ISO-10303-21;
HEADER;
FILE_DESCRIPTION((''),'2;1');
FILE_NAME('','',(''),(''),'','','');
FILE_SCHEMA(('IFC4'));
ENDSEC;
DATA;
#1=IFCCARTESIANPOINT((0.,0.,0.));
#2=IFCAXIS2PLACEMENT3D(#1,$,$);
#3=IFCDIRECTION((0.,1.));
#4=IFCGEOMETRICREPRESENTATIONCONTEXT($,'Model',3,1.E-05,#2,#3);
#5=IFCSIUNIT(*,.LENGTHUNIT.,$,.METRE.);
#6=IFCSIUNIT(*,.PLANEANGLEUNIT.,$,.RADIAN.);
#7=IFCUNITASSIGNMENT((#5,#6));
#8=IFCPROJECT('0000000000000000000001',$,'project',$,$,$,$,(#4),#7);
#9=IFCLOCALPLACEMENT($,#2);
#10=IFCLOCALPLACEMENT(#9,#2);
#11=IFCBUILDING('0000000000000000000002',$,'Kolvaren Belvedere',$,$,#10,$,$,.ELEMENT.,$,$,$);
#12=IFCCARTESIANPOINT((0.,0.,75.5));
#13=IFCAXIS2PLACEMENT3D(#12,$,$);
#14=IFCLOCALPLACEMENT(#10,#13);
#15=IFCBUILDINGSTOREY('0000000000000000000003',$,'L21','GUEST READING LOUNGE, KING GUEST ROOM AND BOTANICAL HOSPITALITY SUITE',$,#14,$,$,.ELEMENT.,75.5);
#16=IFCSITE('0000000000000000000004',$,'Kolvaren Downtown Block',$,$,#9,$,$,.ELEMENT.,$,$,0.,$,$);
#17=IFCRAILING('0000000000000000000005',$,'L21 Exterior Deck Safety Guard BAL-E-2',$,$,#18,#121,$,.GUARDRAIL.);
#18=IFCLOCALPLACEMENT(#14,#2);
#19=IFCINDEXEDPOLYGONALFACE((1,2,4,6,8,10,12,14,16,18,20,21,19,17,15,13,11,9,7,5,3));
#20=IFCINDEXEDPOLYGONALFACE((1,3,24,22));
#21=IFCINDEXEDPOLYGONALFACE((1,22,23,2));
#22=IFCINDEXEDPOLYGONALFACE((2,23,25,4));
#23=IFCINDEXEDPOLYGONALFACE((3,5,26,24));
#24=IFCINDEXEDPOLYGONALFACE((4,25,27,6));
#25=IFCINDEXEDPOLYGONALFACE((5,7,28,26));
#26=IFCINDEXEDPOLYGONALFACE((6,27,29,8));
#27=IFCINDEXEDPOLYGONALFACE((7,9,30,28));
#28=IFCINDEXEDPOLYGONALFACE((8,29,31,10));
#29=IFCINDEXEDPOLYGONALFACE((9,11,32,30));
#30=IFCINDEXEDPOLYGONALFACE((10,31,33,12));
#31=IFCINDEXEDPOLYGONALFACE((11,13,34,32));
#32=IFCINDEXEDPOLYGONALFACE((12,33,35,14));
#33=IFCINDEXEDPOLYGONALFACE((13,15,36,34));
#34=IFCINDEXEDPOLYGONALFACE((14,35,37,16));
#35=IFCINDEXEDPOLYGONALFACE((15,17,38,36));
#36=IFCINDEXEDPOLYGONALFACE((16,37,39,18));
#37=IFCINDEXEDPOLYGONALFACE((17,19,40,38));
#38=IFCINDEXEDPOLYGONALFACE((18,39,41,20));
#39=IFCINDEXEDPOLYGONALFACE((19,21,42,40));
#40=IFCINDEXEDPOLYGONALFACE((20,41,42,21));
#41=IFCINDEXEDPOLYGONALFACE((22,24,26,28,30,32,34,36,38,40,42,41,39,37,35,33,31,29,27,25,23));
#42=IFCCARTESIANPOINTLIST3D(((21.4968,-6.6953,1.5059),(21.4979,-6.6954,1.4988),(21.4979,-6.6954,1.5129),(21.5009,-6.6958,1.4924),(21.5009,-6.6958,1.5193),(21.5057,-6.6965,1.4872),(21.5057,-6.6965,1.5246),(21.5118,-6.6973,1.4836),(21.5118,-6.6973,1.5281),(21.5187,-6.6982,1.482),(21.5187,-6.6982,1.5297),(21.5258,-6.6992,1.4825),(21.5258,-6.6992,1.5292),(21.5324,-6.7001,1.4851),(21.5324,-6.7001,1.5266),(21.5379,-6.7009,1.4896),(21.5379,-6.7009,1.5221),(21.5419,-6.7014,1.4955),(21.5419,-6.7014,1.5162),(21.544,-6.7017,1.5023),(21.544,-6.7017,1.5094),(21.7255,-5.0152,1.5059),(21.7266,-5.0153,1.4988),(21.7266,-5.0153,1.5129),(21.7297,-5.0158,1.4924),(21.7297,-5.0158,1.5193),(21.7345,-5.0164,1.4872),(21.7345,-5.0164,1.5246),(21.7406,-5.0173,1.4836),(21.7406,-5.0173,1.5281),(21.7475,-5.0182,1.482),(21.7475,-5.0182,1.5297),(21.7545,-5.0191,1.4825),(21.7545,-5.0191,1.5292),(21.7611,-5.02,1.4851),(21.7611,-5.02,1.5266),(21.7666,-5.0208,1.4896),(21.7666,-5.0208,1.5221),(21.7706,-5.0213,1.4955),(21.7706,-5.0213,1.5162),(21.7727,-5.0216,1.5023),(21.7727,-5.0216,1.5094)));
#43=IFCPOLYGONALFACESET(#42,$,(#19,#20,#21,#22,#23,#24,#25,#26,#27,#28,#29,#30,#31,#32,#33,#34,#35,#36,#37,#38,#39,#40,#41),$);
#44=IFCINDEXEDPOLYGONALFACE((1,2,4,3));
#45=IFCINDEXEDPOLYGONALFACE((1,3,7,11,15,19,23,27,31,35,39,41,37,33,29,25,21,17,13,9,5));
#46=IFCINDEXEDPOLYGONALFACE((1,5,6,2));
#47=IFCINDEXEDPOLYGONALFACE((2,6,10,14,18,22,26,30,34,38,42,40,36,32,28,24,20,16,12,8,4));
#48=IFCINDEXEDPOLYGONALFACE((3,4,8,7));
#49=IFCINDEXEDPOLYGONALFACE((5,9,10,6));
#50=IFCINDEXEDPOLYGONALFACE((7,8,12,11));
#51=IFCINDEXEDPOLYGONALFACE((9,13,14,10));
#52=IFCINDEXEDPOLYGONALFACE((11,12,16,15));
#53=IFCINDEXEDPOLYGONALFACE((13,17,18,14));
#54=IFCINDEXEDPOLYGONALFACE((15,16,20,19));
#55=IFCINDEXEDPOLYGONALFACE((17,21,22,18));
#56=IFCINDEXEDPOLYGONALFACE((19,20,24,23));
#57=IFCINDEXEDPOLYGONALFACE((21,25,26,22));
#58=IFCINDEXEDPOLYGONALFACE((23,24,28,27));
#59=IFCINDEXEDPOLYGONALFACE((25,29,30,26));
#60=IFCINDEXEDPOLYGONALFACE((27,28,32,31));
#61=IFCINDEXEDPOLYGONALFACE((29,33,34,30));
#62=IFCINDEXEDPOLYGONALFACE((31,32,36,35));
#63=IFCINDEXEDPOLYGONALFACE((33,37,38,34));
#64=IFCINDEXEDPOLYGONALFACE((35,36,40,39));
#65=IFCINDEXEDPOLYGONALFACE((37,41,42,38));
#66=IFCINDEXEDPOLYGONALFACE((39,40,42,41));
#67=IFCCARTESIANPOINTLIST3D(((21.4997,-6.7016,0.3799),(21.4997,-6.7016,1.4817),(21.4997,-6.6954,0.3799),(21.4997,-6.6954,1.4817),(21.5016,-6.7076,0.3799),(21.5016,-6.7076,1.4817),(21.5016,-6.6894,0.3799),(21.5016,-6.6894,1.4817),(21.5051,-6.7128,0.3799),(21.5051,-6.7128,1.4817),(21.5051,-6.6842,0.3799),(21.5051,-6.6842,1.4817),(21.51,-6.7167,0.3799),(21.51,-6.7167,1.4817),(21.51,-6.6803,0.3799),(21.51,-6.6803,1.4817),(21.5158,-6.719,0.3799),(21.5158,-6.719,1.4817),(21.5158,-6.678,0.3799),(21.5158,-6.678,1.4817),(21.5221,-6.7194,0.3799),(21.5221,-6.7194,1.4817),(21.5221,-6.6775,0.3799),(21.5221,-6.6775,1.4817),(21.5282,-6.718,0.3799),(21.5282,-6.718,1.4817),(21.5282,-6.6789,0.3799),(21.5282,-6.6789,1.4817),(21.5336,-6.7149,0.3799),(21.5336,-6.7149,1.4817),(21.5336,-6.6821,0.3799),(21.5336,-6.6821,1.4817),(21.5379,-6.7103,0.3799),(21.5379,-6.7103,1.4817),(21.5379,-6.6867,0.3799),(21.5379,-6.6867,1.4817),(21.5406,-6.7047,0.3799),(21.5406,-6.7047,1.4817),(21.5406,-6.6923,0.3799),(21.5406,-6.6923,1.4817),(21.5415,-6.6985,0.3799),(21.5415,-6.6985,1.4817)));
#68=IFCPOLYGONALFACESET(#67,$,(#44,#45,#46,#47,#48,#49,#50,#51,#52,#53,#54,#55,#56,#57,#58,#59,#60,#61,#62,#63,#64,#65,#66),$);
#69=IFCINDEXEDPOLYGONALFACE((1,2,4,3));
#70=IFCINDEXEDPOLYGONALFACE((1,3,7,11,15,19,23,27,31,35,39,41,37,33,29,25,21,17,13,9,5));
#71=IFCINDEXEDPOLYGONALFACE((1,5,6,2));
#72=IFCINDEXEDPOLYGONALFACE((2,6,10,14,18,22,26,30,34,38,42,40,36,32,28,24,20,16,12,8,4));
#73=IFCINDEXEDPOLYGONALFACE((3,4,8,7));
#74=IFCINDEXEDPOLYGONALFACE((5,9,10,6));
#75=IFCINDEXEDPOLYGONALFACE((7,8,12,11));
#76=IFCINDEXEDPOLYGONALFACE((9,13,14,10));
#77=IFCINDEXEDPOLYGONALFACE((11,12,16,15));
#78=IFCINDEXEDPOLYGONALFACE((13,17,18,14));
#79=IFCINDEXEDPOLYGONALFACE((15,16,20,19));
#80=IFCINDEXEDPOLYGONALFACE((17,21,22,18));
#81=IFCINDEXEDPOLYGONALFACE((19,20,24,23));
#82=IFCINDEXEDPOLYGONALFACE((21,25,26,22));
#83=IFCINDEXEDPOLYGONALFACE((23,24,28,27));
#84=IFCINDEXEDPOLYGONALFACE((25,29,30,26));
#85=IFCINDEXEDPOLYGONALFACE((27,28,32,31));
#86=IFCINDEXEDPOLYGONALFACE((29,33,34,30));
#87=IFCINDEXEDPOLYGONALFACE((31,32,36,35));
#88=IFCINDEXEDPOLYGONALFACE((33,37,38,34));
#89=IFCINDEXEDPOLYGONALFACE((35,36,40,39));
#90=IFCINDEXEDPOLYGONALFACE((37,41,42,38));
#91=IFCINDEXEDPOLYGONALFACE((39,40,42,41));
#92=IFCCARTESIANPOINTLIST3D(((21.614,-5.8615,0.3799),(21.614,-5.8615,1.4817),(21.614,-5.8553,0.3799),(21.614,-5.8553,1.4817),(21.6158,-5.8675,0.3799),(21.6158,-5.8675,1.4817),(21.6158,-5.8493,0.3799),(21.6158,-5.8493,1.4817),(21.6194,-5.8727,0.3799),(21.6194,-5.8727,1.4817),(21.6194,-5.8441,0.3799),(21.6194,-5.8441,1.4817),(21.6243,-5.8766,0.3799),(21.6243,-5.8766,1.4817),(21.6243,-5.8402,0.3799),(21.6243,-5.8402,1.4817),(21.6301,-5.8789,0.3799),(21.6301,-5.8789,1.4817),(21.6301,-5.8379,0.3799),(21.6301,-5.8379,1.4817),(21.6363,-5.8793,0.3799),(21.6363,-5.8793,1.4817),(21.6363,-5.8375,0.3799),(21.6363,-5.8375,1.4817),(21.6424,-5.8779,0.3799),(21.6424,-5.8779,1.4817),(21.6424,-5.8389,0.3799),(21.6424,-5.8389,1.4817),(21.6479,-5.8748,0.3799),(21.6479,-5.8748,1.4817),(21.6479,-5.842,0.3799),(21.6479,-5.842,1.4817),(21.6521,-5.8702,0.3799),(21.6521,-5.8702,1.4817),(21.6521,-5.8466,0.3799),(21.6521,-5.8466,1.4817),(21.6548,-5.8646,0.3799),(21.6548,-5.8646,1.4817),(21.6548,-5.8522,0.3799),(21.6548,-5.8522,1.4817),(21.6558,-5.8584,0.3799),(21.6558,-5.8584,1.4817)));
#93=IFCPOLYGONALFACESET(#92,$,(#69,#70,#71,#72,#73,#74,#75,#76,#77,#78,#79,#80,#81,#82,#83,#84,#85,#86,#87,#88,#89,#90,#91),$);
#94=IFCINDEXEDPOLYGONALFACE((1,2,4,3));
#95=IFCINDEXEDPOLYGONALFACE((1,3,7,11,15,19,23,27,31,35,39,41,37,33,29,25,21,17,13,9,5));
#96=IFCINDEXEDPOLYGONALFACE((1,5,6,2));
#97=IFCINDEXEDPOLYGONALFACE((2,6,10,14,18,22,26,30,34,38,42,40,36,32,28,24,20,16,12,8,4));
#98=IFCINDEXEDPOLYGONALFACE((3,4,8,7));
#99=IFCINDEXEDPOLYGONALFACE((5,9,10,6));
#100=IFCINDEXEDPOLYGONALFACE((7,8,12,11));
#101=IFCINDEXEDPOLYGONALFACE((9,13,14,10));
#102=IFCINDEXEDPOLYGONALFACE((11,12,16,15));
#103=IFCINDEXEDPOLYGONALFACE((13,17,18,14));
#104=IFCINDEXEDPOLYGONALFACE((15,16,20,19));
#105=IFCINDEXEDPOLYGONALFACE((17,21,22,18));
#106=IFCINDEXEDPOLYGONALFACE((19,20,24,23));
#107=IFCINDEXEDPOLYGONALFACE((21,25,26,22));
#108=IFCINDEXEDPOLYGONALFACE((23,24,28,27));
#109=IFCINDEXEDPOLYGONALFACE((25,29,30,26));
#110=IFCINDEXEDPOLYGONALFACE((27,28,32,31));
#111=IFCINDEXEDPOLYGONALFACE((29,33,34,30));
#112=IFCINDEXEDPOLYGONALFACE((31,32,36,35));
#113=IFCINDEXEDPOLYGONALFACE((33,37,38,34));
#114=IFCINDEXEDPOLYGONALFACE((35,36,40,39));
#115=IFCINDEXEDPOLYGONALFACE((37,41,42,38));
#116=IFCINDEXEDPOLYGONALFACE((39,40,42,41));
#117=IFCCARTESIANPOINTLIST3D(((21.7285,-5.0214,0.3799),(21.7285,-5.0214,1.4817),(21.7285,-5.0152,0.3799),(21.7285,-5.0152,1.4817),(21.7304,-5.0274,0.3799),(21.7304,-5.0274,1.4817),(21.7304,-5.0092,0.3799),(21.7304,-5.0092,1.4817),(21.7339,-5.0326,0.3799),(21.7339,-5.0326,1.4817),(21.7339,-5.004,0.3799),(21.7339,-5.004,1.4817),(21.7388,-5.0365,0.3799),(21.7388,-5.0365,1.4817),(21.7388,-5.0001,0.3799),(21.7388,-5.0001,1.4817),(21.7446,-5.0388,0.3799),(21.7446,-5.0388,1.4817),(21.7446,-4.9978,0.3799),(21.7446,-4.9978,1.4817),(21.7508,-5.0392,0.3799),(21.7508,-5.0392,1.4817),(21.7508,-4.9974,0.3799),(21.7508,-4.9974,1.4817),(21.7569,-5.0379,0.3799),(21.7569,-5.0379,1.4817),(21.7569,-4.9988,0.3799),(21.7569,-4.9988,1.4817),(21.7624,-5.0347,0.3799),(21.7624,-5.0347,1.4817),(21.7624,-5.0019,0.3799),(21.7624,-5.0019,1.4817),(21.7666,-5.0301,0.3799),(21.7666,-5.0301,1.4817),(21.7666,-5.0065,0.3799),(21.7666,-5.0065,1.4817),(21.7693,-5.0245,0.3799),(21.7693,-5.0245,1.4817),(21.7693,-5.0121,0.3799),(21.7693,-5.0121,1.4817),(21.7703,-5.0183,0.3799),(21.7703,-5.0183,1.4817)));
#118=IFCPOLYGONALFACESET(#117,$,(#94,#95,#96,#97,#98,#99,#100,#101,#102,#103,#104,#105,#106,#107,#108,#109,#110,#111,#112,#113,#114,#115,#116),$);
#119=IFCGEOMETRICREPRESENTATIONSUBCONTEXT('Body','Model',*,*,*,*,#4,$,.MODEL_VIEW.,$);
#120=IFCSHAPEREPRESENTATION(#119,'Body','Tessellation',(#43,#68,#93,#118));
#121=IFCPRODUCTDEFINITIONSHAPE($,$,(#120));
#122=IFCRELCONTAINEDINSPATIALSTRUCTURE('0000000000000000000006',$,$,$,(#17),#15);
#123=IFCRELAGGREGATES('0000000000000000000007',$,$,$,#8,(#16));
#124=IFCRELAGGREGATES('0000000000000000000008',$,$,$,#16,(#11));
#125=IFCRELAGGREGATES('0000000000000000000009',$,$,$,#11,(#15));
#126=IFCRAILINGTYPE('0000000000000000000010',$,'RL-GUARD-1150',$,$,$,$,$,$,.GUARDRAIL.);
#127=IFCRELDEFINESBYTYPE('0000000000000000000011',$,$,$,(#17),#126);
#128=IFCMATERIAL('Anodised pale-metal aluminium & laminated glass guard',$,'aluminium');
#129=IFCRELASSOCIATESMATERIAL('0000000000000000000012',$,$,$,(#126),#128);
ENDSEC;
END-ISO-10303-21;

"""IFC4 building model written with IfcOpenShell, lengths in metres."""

from ifc_helpers import new_model, si_unit, direction, frame, origin, origin_2d, place, context, subcontext, project, spatial, circle, extrude, material, type_object, element, save


model = new_model("IFC4")

# Units and contexts
model_context = context("Model", 3, precision=1e-05, world=origin(), true_north=direction((0.0, 1.0)))
body_context = subcontext(model_context, "Body", "Model", "MODEL_VIEW")
ifc_project = project(units=[si_unit("LENGTHUNIT", "METRE"), si_unit("PLANEANGLEUNIT", "RADIAN")], contexts=[model_context])

# Site, building, storey
site_placement = place(None, origin())
site = spatial("IfcSite", under=ifc_project, at=site_placement, Name="Kolvaren Downtown Block", CompositionType="ELEMENT", RefElevation=0.0)
building_placement = place(site_placement, origin())
building = spatial("IfcBuilding", under=site, at=building_placement, Name="Kolvaren Belvedere", CompositionType="ELEMENT")
storey_placement = place(building_placement, frame((0.0, 0.0, 75.5)))
storey = spatial("IfcBuildingStorey", under=building, at=storey_placement, Name="L21", Description="GUEST READING LOUNGE, KING GUEST ROOM AND BOTANICAL HOSPITALITY SUITE", CompositionType="ELEMENT", Elevation=75.5)

# Railing
ifc_material_1 = material(Name="Anodised pale-metal aluminium & laminated glass guard", Category="aluminium")
railing_type = type_object("IfcRailingType", Name="RL-GUARD-1150", PredefinedType="GUARDRAIL", material=ifc_material_1)
railing_1_placement = place(storey_placement, frame((21.5205, -6.6985, 0.3799)))
element("IfcRailing", 1, at=railing_1_placement, inside=storey, type_object=railing_type, Name="L21 Exterior Deck Safety Guard BAL-E-2", PredefinedType="GUARDRAIL", context=body_context, shape_type="SweptSolid", body=[
    extrude(circle(Radius=0.0239, at=origin_2d()), frame((0.0, 0.0, 1.126), z_axis=(0.134908, 0.990858, 0.0), x_axis=(-0.990858, 0.134908, 0.0)), (0.0, 0.0, 1.0), 1.6956),
    extrude(circle(Radius=0.021, at=origin_2d()), origin(), (0.0, 0.0, 1.0), 1.1018),
    extrude(circle(Radius=0.021, at=origin_2d()), frame((0.1143, 0.8401, 0.0)), (0.0, 0.0, 1.0), 1.1018),
    extrude(circle(Radius=0.021, at=origin_2d()), frame((0.2288, 1.6802, 0.0)), (0.0, 0.0, 1.0), 1.1018),
])

save(model, "model.ifc")
